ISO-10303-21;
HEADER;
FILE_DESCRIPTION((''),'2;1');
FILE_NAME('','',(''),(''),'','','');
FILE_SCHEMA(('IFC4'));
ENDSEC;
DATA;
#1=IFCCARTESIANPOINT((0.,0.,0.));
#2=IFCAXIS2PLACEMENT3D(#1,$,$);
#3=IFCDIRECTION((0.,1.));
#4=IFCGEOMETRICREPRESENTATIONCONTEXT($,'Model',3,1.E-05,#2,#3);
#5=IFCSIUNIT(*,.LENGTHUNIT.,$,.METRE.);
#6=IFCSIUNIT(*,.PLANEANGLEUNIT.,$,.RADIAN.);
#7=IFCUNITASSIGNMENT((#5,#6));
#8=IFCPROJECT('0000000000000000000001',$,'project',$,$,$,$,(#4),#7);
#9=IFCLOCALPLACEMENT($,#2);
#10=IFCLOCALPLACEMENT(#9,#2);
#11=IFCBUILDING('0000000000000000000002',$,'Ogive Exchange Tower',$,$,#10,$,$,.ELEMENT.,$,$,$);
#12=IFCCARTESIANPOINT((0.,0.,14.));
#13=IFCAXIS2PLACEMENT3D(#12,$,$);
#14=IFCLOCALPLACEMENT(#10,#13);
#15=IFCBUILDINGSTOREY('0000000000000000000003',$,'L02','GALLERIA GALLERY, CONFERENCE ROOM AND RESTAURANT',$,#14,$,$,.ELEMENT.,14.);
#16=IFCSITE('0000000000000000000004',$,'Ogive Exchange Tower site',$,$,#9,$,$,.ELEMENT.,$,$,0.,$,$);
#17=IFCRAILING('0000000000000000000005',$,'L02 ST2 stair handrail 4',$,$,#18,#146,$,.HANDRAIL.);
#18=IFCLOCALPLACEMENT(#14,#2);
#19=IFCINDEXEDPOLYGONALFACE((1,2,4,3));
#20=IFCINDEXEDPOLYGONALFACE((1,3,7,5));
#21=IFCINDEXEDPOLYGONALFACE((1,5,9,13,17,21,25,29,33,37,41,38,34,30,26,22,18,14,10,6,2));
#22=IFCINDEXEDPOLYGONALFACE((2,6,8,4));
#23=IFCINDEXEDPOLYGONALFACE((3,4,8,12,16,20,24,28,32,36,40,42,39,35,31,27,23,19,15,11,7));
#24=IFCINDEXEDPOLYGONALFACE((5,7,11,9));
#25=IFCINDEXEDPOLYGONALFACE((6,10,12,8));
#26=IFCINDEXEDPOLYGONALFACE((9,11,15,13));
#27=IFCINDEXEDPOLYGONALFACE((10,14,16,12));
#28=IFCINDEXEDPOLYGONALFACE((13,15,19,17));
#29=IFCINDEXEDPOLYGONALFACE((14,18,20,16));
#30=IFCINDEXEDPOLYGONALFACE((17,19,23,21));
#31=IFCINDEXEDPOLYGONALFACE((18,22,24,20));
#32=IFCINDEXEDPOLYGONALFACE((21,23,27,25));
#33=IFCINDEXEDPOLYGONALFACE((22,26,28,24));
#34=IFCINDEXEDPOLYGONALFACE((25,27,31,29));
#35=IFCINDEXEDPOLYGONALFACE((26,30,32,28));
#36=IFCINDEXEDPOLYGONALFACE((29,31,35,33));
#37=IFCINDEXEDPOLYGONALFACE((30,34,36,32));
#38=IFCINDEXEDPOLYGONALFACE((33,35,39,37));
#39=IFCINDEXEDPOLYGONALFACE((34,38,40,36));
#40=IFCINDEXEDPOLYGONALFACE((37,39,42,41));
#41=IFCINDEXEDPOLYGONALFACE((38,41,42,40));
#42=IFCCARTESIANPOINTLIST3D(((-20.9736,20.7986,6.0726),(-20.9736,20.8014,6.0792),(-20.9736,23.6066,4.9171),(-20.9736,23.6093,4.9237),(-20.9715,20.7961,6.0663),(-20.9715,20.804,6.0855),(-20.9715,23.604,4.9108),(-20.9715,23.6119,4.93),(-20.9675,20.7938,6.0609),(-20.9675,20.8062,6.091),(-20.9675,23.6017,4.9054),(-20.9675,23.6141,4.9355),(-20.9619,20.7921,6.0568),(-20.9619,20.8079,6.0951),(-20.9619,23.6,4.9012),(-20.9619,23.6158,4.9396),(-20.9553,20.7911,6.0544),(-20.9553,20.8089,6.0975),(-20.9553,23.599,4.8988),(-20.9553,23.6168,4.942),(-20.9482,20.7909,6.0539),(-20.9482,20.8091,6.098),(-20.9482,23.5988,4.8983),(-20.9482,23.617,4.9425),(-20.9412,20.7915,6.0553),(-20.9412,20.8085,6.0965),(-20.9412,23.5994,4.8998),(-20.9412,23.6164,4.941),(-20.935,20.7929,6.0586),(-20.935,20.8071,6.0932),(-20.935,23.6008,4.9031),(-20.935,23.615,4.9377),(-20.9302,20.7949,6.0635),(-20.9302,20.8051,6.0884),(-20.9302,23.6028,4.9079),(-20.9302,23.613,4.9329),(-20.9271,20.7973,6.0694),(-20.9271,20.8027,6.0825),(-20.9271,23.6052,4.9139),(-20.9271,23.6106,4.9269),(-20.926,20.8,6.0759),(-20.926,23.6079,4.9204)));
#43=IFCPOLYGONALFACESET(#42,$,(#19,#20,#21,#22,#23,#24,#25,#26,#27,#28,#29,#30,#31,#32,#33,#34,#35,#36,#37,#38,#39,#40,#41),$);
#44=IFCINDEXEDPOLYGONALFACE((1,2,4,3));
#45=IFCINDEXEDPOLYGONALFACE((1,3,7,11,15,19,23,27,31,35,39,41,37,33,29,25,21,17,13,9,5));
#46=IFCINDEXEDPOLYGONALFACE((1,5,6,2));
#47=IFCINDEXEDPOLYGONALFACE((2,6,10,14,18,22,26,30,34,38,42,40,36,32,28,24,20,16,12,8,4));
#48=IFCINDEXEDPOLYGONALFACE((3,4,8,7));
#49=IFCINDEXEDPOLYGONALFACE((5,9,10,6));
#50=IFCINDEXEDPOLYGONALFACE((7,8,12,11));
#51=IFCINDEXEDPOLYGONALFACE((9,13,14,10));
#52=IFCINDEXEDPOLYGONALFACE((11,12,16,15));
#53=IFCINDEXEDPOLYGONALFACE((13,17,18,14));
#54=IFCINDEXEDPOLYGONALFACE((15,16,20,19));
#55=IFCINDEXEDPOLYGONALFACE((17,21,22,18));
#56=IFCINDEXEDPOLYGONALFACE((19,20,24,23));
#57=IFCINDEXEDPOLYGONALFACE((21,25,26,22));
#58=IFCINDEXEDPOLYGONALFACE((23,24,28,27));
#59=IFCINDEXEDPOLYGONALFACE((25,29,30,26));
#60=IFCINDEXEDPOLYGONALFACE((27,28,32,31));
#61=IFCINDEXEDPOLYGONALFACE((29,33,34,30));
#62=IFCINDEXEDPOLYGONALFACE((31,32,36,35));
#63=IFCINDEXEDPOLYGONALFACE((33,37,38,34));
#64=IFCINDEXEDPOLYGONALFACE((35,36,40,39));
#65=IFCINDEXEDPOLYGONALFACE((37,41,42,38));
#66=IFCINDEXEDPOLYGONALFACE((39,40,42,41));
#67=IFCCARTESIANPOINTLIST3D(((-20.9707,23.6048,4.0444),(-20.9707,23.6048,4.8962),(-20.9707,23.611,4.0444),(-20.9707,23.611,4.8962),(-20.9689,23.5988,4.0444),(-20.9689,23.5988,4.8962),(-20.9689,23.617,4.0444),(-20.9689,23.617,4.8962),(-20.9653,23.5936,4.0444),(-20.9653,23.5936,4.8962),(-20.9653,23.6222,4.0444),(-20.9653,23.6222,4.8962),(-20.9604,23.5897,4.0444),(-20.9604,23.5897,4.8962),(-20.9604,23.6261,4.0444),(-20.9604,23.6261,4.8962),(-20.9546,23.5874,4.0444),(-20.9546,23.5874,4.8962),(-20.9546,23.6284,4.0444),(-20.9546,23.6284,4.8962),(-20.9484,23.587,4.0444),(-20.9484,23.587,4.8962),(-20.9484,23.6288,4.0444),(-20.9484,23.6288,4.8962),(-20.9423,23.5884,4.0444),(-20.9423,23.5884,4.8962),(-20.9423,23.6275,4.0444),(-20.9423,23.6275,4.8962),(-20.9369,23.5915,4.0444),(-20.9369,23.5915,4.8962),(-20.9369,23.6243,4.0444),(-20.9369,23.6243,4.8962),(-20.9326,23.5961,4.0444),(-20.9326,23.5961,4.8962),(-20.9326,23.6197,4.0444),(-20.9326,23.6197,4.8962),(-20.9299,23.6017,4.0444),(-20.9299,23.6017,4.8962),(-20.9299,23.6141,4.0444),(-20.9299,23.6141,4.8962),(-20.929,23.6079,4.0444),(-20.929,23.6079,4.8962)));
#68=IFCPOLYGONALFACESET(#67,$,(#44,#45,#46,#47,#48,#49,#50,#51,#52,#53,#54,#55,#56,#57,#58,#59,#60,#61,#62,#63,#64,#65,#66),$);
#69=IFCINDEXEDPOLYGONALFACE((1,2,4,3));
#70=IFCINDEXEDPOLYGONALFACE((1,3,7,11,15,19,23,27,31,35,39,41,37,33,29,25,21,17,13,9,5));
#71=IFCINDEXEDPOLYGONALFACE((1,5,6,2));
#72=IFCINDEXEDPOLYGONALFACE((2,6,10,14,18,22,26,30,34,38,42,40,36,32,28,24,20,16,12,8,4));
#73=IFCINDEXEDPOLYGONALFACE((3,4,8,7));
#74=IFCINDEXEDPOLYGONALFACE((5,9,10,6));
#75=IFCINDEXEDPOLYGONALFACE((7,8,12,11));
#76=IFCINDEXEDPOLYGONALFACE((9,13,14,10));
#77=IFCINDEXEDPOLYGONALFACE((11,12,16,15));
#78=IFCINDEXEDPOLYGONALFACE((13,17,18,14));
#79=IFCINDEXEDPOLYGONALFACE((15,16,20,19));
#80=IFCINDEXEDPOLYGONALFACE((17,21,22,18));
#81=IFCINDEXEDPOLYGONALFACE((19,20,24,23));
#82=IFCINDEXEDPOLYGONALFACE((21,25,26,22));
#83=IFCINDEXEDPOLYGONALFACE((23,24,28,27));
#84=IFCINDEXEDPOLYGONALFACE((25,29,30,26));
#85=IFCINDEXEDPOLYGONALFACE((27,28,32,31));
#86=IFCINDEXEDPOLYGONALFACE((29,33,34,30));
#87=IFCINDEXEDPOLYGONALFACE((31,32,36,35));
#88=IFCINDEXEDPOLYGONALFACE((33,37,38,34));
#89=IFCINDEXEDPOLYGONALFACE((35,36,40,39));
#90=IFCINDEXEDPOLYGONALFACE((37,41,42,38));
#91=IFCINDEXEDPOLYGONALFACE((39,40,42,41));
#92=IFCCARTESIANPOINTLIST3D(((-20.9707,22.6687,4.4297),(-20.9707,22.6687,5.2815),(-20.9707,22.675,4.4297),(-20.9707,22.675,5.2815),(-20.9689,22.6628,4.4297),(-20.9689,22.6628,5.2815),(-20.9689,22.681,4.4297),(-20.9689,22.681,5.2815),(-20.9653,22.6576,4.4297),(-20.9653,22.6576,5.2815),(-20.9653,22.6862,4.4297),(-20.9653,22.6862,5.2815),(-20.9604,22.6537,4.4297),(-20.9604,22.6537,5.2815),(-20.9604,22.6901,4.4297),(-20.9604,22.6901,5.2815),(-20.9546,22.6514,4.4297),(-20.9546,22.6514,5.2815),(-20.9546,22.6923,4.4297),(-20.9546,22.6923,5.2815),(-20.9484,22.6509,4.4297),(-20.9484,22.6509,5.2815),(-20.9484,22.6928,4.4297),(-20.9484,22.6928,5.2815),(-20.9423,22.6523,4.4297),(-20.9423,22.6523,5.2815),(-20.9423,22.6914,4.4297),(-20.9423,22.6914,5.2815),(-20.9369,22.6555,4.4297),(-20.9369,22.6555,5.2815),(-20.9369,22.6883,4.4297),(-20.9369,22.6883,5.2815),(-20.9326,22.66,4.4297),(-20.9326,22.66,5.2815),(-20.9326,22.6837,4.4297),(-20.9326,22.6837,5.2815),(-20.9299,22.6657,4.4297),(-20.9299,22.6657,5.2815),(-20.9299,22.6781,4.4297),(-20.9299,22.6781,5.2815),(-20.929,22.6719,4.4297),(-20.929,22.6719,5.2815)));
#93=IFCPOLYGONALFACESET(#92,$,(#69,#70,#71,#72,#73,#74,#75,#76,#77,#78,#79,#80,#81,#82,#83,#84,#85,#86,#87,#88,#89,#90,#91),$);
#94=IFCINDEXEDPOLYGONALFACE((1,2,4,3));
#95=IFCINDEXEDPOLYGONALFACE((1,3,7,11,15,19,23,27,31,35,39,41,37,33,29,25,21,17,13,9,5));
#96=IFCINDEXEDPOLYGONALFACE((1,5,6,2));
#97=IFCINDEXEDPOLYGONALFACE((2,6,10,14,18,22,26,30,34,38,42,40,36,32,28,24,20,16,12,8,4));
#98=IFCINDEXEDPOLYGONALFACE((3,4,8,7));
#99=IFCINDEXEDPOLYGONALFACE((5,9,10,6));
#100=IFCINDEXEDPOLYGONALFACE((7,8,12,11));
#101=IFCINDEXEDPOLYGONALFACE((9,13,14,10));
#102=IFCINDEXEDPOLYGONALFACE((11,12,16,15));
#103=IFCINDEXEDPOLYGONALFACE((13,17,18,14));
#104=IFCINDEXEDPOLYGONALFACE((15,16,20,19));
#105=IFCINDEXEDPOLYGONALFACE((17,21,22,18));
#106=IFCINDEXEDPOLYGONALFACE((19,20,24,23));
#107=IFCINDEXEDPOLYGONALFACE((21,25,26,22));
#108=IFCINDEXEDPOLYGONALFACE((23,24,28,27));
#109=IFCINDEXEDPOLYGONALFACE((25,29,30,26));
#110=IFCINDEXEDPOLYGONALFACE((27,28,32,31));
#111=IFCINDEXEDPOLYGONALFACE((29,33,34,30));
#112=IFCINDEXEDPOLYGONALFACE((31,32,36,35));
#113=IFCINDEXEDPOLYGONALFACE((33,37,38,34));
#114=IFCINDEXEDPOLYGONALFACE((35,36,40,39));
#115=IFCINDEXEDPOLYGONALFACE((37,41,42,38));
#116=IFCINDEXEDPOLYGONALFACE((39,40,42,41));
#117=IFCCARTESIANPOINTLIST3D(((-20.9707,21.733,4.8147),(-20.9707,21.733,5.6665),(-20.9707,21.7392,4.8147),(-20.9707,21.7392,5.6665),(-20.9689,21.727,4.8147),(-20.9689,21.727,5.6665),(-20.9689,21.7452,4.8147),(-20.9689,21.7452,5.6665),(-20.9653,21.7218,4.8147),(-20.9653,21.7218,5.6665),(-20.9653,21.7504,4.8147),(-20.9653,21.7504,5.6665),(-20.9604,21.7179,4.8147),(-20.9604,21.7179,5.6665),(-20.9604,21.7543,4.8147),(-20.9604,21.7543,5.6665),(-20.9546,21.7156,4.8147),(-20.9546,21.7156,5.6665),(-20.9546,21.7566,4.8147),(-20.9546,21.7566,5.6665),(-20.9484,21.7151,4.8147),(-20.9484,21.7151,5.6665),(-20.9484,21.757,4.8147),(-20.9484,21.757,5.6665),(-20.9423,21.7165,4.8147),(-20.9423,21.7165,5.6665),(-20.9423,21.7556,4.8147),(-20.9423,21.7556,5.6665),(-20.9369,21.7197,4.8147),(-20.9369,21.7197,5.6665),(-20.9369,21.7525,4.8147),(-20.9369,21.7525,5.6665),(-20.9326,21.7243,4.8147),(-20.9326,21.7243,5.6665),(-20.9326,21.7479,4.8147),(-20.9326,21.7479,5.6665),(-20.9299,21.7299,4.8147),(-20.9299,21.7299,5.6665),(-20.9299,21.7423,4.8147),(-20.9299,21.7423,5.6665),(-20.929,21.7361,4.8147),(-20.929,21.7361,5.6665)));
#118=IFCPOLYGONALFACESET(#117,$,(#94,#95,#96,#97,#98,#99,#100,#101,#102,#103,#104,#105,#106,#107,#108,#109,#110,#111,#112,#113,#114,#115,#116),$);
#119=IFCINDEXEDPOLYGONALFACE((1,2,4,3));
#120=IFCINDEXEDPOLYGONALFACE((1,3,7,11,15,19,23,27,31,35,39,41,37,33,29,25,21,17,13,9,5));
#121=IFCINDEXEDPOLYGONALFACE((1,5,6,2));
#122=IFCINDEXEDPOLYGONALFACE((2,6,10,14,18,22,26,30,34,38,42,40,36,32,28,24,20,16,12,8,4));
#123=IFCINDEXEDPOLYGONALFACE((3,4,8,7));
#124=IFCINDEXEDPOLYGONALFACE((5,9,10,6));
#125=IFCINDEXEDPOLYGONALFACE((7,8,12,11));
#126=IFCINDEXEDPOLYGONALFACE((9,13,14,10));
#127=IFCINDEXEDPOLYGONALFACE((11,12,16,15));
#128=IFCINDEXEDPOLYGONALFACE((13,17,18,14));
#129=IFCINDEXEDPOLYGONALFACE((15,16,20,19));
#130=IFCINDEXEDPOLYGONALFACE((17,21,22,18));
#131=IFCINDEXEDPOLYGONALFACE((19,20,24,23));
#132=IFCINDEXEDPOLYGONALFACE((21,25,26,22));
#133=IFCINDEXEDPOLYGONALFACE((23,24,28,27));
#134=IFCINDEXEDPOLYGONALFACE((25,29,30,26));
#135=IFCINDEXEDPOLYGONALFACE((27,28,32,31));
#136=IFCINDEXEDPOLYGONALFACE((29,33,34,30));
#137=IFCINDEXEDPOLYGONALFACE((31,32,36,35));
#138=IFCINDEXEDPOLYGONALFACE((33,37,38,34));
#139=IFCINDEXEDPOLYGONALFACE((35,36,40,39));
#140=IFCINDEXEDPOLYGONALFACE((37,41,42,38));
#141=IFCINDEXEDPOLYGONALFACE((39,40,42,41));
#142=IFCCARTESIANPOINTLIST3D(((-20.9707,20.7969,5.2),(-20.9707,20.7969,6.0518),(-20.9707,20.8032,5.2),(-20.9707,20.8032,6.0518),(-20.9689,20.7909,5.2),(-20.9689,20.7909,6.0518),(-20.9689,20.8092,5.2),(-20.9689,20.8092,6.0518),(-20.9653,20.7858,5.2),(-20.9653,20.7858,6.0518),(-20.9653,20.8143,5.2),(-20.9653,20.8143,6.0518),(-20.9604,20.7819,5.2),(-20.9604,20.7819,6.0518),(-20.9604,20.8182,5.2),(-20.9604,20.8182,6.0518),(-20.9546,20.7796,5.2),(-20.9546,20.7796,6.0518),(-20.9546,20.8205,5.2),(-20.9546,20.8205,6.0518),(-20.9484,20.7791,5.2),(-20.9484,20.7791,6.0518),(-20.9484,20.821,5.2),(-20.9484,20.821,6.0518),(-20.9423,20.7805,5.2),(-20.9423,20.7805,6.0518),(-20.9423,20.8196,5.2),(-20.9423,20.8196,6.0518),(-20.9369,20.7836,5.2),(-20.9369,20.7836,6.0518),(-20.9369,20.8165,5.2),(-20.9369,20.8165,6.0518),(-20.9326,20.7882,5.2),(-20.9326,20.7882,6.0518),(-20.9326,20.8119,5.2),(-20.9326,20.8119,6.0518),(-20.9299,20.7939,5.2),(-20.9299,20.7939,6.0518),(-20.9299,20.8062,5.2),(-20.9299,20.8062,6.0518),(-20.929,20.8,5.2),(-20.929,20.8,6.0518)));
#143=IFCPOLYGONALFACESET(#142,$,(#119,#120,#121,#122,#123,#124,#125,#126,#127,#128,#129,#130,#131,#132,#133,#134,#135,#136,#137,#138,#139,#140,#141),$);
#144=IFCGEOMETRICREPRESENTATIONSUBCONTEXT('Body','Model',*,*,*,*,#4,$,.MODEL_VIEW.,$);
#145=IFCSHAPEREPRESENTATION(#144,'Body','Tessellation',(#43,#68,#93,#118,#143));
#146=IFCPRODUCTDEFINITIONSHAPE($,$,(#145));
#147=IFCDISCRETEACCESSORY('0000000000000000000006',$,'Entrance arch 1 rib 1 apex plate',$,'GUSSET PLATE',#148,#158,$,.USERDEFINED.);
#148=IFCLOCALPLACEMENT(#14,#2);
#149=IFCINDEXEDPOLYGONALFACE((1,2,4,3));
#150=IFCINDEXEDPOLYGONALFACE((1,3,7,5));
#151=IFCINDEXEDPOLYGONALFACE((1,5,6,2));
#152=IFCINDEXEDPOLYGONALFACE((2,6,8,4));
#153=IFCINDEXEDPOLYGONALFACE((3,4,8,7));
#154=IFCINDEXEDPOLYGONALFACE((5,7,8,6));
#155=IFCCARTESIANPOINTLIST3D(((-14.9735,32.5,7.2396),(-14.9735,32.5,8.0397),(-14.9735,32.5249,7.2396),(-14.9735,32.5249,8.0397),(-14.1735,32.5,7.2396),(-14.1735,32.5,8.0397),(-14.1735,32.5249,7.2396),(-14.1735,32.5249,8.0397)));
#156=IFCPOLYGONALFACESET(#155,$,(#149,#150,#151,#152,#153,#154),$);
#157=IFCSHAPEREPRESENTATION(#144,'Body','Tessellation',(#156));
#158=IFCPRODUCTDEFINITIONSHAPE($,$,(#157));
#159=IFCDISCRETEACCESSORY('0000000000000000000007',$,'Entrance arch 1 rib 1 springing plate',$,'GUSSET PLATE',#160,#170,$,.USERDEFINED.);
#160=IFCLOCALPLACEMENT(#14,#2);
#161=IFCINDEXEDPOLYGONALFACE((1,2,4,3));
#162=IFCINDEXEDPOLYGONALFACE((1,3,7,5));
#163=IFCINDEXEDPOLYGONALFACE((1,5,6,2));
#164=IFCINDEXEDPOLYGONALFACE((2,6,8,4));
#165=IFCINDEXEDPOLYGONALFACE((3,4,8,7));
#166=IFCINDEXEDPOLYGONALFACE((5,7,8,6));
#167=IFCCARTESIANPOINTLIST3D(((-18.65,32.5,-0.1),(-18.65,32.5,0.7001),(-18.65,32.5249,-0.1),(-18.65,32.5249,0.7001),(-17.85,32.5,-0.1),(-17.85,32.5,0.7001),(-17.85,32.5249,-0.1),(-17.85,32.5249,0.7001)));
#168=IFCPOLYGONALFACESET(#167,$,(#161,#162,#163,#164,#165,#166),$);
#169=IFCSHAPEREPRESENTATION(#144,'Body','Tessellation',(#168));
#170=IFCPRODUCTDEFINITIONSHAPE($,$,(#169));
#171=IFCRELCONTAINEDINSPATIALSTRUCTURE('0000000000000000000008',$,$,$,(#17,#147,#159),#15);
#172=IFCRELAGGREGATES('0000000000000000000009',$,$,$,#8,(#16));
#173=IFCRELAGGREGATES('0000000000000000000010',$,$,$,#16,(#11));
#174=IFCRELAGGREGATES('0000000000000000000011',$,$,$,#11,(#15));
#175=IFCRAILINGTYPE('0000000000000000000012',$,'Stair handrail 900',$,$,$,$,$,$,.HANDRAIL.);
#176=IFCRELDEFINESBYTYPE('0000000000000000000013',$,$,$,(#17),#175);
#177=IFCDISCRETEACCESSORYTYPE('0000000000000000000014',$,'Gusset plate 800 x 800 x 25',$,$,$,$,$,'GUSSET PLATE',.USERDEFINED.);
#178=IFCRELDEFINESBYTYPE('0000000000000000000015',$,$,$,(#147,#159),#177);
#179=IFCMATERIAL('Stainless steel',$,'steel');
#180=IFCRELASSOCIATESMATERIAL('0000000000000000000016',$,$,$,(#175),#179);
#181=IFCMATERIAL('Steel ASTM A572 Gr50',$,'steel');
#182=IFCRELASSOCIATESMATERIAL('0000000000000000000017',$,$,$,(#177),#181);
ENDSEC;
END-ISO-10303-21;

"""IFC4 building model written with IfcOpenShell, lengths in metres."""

from ifc_helpers import new_model, si_unit, direction, frame, origin, origin_2d, place, context, subcontext, project, spatial, rectangle, circle, extrude, material, material_profile, profile_set, type_object, element, save


model = new_model("IFC4")

# Units and contexts
model_context = context("Model", 3, precision=1e-05, world=origin(), true_north=direction((0.0, 1.0)))
body_context = subcontext(model_context, "Body", "Model", "MODEL_VIEW")
ifc_project = project(units=[si_unit("LENGTHUNIT", "METRE"), si_unit("PLANEANGLEUNIT", "RADIAN")], contexts=[model_context])

# Site, building, storey
site_placement = place(None, origin())
site = spatial("IfcSite", under=ifc_project, at=site_placement, Name="Ogive Exchange Tower site", CompositionType="ELEMENT", RefElevation=0.0)
building_placement = place(site_placement, origin())
building = spatial("IfcBuilding", under=site, at=building_placement, Name="Ogive Exchange Tower", CompositionType="ELEMENT")
storey_placement = place(building_placement, frame((0.0, 0.0, 14.0)))
storey = spatial("IfcBuildingStorey", under=building, at=storey_placement, Name="L02", Description="GALLERIA GALLERY, CONFERENCE ROOM AND RESTAURANT", CompositionType="ELEMENT", Elevation=14.0)

# Railing
ifc_material_1 = material(Name="Stainless steel", Category="steel")
railing_type = type_object("IfcRailingType", Name="Stair handrail 900", PredefinedType="HANDRAIL", material=ifc_material_1)
railing_1_placement = place(storey_placement, frame((-20.95, 23.6079, 4.0444)))
element("IfcRailing", 1, at=railing_1_placement, inside=storey, type_object=railing_type, Name="L02 ST2 stair handrail 4", PredefinedType="HANDRAIL", context=body_context, shape_type="SweptSolid", body=[
    extrude(circle(Radius=0.0239, at=origin_2d()), frame((0.0, 0.0, 0.876), z_axis=(0.0, -0.924755, 0.380564), x_axis=(1.0, 0.0, 0.0)), (0.0, 0.0, 1.0), 3.0364),
    extrude(circle(Radius=0.021, at=origin_2d()), origin(), (0.0, 0.0, 1.0), 0.8518),
    extrude(circle(Radius=0.021, at=origin_2d()), frame((0.0, -0.936, 0.3853)), (0.0, 0.0, 1.0), 0.8518),
    extrude(circle(Radius=0.021, at=origin_2d()), frame((0.0, -1.8718, 0.7703)), (0.0, 0.0, 1.0), 0.8518),
    extrude(circle(Radius=0.021, at=origin_2d()), frame((0.0, -2.8079, 1.1555)), (0.0, 0.0, 1.0), 0.8518),
])

# Discrete accessories
ifc_material_2 = material(Name="Steel ASTM A572 Gr50", Category="steel")
ifc_material_profile_1 = material_profile(ifc_material_2, rectangle(XDim=0.8, YDim=0.8, at=origin_2d()), Name="PL 800 x 800 x 25")
ifc_profile_set_1 = profile_set([ifc_material_profile_1], Name="Steel ASTM A572 Gr50")
discrete_accessory_type = type_object("IfcDiscreteAccessoryType", Name="Gusset plate 800 x 800 x 25", ElementType="GUSSET PLATE", PredefinedType="USERDEFINED", material=ifc_profile_set_1)
for number, where, z_axis, x_axis, name in (
    (2, (-14.5735, 32.5, 7.6396), (0.0, 1.0, 0.0), (-1.0, 0.0, 0.0), "Entrance arch 1 rib 1 apex plate"),
    (3, (-18.25, 32.5, 0.3), (0.0, 1.0, 0.0), (-1.0, 0.0, 0.0), "Entrance arch 1 rib 1 springing plate"),
):
    element("IfcDiscreteAccessory", number, at=place(storey_placement, frame(where, z_axis=z_axis, x_axis=x_axis)), inside=storey, type_object=discrete_accessory_type, Name=name, ObjectType="GUSSET PLATE", PredefinedType="USERDEFINED", context=body_context, shape_type="SweptSolid", body=[
        extrude(rectangle(XDim=0.8, YDim=0.8, at=origin_2d()), origin(), (0.0, 0.0, 1.0), 0.0249),
    ])

save(model, "model.ifc")
